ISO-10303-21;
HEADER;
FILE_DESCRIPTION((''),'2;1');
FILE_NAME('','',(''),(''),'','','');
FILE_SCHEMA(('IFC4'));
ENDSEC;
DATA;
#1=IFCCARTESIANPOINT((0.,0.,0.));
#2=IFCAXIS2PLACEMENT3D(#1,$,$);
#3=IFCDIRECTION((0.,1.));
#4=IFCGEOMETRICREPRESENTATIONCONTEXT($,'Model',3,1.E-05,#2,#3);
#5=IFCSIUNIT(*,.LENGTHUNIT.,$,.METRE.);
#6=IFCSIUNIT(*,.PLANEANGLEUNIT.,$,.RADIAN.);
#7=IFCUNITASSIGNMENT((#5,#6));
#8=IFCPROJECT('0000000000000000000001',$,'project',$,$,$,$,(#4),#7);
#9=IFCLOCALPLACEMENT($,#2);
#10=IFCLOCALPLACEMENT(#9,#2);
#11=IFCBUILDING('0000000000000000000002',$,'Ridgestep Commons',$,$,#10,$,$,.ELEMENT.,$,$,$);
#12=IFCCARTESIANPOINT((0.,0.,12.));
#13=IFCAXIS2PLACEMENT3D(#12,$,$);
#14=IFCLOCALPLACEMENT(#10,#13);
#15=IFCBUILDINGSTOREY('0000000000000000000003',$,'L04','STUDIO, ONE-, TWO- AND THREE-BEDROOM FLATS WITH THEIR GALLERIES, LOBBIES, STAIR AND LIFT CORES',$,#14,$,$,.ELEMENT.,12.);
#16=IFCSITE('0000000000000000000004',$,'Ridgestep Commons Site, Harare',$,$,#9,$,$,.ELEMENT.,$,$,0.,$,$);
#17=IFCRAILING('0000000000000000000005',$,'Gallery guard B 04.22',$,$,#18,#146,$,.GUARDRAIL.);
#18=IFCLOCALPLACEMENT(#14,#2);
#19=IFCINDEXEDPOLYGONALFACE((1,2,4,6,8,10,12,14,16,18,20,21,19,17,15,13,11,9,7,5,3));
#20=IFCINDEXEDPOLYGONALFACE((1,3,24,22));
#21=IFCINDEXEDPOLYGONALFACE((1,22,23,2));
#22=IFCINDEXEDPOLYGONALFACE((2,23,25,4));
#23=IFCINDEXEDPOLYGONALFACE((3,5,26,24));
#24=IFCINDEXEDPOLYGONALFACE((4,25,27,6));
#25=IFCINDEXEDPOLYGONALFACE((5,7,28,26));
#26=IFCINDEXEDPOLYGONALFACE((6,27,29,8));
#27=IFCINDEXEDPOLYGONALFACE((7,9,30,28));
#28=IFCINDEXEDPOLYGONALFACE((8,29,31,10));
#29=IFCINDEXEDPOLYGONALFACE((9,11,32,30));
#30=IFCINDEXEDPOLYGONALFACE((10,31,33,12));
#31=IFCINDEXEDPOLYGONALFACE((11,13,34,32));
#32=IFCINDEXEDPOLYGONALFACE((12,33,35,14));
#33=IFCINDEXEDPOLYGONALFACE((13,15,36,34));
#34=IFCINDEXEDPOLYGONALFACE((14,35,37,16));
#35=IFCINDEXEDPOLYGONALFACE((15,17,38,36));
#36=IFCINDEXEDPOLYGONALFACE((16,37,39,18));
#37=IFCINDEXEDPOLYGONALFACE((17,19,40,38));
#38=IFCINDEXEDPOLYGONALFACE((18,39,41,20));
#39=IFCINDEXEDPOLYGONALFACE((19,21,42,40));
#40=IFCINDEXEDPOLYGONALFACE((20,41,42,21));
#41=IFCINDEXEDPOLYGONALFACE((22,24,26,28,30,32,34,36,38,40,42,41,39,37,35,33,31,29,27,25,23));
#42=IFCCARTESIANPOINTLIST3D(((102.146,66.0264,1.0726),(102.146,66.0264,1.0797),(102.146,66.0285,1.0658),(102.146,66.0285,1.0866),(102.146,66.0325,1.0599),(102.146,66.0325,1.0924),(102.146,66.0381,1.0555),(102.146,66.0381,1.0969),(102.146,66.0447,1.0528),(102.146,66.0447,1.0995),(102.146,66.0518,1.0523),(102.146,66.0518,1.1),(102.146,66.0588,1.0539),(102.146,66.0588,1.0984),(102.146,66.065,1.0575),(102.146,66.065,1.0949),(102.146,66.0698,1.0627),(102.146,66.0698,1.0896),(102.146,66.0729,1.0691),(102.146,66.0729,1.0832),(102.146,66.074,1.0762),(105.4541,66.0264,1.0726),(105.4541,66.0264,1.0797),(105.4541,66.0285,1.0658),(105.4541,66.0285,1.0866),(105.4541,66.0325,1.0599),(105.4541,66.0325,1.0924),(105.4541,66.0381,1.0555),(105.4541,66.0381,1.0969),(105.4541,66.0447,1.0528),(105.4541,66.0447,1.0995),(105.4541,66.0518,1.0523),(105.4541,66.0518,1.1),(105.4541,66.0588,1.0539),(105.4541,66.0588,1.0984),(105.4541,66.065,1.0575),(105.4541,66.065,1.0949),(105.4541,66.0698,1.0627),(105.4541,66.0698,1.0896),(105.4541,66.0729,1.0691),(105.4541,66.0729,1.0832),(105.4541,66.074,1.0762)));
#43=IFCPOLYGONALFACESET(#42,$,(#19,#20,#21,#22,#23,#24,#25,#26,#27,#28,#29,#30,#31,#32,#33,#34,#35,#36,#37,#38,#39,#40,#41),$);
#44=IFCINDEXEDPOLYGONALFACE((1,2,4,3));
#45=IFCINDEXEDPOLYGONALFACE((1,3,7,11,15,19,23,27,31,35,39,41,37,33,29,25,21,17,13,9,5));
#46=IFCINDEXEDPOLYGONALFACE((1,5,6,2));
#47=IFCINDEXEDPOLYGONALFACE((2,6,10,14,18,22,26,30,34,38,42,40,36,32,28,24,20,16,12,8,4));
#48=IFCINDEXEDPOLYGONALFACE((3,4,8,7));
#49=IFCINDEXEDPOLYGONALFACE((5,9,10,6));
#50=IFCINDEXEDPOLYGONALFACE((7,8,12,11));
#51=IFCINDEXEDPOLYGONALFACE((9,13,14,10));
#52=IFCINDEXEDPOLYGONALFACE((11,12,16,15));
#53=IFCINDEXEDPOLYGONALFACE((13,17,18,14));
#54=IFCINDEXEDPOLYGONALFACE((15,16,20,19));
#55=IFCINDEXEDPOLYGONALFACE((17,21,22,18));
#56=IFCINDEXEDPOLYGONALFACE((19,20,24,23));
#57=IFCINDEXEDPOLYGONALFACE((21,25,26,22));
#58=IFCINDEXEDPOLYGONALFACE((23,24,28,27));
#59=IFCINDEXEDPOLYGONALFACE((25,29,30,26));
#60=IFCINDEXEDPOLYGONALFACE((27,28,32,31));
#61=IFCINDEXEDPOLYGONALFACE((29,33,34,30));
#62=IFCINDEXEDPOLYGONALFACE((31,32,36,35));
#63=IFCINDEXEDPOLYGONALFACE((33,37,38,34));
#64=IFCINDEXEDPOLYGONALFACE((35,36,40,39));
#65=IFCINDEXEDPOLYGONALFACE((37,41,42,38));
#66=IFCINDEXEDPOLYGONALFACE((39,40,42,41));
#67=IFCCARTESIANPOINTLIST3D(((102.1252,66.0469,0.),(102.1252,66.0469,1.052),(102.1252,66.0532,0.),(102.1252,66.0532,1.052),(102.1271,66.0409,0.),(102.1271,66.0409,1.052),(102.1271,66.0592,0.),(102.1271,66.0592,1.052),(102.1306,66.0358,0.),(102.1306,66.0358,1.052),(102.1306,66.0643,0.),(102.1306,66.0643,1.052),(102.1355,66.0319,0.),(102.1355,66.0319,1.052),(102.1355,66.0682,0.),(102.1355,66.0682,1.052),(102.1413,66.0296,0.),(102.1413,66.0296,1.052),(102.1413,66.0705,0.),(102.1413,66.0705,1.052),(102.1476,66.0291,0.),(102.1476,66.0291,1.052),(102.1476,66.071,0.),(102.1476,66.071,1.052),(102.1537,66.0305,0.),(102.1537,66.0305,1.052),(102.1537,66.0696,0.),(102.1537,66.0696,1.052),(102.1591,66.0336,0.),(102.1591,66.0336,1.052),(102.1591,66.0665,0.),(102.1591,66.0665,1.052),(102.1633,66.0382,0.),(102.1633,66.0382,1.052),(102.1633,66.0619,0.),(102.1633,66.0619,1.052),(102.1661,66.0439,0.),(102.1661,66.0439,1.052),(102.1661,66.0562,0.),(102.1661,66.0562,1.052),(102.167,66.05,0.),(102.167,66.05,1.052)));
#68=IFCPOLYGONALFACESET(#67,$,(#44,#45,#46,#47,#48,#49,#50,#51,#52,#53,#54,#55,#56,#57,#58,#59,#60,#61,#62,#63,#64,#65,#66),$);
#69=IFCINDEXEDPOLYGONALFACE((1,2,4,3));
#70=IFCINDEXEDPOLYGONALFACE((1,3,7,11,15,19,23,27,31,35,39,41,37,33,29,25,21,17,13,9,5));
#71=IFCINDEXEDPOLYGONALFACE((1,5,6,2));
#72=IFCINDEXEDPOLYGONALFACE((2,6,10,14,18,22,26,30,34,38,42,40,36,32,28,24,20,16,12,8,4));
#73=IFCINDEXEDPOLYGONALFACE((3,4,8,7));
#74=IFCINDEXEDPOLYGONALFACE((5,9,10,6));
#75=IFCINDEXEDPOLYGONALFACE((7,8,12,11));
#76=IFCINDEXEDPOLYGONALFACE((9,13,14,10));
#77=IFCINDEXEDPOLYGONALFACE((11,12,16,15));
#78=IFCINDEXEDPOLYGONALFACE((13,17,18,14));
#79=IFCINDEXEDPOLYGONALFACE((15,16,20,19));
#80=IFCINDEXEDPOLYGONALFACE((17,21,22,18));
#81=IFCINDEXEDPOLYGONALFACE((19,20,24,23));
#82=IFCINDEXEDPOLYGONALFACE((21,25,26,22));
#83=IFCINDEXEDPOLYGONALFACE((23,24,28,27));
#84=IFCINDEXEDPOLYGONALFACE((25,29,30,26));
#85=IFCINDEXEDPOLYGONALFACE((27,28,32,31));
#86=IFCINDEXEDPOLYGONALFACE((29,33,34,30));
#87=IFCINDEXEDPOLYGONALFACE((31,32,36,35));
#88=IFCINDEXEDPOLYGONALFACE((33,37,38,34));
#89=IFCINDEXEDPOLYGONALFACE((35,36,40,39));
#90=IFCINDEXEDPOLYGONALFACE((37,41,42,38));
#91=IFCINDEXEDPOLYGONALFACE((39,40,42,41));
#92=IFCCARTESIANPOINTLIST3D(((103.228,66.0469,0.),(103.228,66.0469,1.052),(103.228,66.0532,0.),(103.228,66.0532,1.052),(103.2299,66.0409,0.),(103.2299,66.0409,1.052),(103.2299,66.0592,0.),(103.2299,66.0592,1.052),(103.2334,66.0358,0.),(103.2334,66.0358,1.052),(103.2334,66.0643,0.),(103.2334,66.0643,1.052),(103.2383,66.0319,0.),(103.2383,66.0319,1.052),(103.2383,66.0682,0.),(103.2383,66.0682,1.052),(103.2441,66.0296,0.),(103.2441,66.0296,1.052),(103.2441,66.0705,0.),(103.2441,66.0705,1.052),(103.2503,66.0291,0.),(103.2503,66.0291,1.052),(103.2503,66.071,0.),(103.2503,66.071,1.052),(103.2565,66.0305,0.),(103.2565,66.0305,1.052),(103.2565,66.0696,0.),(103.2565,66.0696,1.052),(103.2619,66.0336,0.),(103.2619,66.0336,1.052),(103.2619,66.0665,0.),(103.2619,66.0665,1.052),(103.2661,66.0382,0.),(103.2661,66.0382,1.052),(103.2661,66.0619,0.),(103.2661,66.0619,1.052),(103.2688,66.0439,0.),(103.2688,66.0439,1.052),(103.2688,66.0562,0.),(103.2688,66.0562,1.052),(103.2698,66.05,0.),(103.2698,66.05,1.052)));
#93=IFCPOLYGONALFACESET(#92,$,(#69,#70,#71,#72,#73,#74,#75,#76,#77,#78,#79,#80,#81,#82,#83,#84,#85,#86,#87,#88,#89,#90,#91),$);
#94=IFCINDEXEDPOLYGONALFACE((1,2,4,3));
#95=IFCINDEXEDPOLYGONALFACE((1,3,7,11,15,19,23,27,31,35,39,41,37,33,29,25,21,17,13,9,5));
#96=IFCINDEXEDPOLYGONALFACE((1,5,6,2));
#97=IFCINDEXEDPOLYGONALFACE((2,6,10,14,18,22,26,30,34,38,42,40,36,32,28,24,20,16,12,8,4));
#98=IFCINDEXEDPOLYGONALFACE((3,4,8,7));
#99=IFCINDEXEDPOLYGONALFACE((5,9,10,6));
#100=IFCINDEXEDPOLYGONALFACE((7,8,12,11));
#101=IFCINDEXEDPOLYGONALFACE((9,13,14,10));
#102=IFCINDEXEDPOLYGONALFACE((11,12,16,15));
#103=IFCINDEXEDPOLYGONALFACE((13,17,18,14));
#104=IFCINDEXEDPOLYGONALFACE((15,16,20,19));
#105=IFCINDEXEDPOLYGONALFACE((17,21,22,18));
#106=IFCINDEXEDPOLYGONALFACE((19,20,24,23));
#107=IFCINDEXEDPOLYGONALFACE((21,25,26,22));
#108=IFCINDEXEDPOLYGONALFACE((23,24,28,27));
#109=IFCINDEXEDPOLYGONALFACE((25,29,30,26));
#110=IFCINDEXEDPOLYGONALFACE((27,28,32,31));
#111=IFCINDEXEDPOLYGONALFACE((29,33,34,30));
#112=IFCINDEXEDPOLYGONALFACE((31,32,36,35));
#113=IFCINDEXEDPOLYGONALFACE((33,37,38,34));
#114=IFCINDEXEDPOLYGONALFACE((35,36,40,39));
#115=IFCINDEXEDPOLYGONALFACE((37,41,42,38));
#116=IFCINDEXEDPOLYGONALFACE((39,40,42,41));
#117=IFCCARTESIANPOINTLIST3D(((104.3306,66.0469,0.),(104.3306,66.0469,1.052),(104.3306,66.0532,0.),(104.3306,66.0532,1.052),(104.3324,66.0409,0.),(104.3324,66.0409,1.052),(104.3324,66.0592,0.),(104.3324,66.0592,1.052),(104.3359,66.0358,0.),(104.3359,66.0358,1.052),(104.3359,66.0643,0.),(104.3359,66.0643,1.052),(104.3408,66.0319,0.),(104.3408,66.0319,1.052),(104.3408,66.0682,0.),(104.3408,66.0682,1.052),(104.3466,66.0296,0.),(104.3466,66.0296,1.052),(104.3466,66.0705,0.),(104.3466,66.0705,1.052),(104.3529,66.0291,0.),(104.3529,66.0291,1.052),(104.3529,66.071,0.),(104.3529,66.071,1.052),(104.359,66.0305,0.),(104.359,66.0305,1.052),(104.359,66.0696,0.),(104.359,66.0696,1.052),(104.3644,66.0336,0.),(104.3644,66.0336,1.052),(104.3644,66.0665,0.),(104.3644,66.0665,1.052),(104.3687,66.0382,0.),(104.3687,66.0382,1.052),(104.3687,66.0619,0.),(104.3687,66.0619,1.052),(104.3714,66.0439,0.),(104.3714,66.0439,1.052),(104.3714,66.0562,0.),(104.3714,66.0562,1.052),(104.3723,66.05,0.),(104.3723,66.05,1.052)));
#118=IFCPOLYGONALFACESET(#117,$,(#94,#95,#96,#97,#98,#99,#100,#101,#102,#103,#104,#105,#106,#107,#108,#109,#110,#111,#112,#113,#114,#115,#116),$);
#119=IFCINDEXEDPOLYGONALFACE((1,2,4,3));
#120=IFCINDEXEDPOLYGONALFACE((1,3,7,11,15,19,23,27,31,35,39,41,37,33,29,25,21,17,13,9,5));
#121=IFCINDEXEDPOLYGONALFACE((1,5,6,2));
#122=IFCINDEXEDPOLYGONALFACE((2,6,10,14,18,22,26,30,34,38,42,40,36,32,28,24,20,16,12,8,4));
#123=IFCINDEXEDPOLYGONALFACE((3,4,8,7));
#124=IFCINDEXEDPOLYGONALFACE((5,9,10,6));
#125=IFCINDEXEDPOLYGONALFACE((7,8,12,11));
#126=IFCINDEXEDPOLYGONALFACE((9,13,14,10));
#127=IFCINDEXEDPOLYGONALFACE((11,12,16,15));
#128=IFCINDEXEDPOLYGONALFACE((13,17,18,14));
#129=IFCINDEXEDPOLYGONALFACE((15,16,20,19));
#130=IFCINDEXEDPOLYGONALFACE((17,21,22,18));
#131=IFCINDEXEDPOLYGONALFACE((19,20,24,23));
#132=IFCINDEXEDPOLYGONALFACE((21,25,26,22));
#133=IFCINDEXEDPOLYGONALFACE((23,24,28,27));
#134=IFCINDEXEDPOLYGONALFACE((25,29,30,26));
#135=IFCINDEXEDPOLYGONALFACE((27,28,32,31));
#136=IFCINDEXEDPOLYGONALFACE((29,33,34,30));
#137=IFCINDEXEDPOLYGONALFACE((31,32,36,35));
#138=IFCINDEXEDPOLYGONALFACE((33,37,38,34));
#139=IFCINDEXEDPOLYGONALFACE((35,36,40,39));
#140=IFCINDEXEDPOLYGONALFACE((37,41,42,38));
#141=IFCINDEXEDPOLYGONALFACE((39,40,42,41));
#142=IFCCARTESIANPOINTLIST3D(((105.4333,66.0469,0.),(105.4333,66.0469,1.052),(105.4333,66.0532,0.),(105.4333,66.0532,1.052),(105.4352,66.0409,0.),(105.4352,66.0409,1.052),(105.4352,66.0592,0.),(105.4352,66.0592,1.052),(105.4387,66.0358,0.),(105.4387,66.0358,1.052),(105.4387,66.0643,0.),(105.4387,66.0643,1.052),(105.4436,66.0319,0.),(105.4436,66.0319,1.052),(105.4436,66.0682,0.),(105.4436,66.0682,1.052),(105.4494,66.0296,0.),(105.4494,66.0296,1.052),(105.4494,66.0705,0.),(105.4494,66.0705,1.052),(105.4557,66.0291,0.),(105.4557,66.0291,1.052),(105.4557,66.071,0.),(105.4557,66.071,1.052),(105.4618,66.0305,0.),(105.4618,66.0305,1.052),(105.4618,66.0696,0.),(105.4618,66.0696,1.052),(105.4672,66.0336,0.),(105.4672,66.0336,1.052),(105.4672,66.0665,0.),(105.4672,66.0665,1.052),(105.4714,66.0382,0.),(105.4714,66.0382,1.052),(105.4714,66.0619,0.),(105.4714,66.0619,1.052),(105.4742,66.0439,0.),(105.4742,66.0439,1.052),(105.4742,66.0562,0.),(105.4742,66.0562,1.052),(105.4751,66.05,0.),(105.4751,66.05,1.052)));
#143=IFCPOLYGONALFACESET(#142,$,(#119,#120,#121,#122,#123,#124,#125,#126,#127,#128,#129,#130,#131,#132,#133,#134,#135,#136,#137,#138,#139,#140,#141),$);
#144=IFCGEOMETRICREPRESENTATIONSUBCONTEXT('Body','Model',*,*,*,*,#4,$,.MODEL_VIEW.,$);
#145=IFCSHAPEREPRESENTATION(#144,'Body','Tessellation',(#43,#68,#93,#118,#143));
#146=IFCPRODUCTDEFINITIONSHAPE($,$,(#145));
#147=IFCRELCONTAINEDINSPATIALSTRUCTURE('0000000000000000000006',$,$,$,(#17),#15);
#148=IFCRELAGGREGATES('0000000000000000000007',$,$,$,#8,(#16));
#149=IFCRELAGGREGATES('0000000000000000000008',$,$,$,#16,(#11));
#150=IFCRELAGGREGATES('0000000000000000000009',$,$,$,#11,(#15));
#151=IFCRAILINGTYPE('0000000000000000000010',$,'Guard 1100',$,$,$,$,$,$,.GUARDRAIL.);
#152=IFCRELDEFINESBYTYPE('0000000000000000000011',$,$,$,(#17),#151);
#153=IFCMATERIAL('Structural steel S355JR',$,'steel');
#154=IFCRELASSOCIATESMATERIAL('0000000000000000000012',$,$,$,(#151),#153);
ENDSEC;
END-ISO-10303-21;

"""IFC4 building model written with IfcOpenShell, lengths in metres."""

from ifc_helpers import new_model, si_unit, direction, frame, origin, origin_2d, place, context, subcontext, project, spatial, circle, extrude, material, type_object, element, save


model = new_model("IFC4")

# Units and contexts
model_context = context("Model", 3, precision=1e-05, world=origin(), true_north=direction((0.0, 1.0)))
body_context = subcontext(model_context, "Body", "Model", "MODEL_VIEW")
ifc_project = project(units=[si_unit("LENGTHUNIT", "METRE"), si_unit("PLANEANGLEUNIT", "RADIAN")], contexts=[model_context])

# Site, building, storey
site_placement = place(None, origin())
site = spatial("IfcSite", under=ifc_project, at=site_placement, Name="Ridgestep Commons Site, Harare", CompositionType="ELEMENT", RefElevation=0.0)
building_placement = place(site_placement, origin())
building = spatial("IfcBuilding", under=site, at=building_placement, Name="Ridgestep Commons", CompositionType="ELEMENT")
storey_placement = place(building_placement, frame((0.0, 0.0, 12.0)))
storey = spatial("IfcBuildingStorey", under=building, at=storey_placement, Name="L04", Description="STUDIO, ONE-, TWO- AND THREE-BEDROOM FLATS WITH THEIR GALLERIES, LOBBIES, STAIR AND LIFT CORES", CompositionType="ELEMENT", Elevation=12.0)

# Railing
ifc_material_1 = material(Name="Structural steel S355JR", Category="steel")
railing_type = type_object("IfcRailingType", Name="Guard 1100", PredefinedType="GUARDRAIL", material=ifc_material_1)
railing_1_placement = place(storey_placement, frame((102.146, 66.05, 0.0)))
element("IfcRailing", 1, at=railing_1_placement, inside=storey, type_object=railing_type, Name="Gallery guard B 04.22", PredefinedType="GUARDRAIL", context=body_context, shape_type="SweptSolid", body=[
    extrude(circle(Radius=0.0239, at=origin_2d()), frame((0.0, 0.0, 1.0762), z_axis=(1.0, 0.0, 0.0), x_axis=(0.0, 1.0, 0.0)), (0.0, 0.0, 1.0), 3.3081),
    extrude(circle(Radius=0.021, at=origin_2d()), origin(), (0.0, 0.0, 1.0), 1.052),
    extrude(circle(Radius=0.021, at=origin_2d()), frame((1.1028, 0.0, 0.0)), (0.0, 0.0, 1.0), 1.052),
    extrude(circle(Radius=0.021, at=origin_2d()), frame((2.2053, 0.0, 0.0)), (0.0, 0.0, 1.0), 1.052),
    extrude(circle(Radius=0.021, at=origin_2d()), frame((3.3081, 0.0, 0.0)), (0.0, 0.0, 1.0), 1.052),
])

save(model, "model.ifc")
